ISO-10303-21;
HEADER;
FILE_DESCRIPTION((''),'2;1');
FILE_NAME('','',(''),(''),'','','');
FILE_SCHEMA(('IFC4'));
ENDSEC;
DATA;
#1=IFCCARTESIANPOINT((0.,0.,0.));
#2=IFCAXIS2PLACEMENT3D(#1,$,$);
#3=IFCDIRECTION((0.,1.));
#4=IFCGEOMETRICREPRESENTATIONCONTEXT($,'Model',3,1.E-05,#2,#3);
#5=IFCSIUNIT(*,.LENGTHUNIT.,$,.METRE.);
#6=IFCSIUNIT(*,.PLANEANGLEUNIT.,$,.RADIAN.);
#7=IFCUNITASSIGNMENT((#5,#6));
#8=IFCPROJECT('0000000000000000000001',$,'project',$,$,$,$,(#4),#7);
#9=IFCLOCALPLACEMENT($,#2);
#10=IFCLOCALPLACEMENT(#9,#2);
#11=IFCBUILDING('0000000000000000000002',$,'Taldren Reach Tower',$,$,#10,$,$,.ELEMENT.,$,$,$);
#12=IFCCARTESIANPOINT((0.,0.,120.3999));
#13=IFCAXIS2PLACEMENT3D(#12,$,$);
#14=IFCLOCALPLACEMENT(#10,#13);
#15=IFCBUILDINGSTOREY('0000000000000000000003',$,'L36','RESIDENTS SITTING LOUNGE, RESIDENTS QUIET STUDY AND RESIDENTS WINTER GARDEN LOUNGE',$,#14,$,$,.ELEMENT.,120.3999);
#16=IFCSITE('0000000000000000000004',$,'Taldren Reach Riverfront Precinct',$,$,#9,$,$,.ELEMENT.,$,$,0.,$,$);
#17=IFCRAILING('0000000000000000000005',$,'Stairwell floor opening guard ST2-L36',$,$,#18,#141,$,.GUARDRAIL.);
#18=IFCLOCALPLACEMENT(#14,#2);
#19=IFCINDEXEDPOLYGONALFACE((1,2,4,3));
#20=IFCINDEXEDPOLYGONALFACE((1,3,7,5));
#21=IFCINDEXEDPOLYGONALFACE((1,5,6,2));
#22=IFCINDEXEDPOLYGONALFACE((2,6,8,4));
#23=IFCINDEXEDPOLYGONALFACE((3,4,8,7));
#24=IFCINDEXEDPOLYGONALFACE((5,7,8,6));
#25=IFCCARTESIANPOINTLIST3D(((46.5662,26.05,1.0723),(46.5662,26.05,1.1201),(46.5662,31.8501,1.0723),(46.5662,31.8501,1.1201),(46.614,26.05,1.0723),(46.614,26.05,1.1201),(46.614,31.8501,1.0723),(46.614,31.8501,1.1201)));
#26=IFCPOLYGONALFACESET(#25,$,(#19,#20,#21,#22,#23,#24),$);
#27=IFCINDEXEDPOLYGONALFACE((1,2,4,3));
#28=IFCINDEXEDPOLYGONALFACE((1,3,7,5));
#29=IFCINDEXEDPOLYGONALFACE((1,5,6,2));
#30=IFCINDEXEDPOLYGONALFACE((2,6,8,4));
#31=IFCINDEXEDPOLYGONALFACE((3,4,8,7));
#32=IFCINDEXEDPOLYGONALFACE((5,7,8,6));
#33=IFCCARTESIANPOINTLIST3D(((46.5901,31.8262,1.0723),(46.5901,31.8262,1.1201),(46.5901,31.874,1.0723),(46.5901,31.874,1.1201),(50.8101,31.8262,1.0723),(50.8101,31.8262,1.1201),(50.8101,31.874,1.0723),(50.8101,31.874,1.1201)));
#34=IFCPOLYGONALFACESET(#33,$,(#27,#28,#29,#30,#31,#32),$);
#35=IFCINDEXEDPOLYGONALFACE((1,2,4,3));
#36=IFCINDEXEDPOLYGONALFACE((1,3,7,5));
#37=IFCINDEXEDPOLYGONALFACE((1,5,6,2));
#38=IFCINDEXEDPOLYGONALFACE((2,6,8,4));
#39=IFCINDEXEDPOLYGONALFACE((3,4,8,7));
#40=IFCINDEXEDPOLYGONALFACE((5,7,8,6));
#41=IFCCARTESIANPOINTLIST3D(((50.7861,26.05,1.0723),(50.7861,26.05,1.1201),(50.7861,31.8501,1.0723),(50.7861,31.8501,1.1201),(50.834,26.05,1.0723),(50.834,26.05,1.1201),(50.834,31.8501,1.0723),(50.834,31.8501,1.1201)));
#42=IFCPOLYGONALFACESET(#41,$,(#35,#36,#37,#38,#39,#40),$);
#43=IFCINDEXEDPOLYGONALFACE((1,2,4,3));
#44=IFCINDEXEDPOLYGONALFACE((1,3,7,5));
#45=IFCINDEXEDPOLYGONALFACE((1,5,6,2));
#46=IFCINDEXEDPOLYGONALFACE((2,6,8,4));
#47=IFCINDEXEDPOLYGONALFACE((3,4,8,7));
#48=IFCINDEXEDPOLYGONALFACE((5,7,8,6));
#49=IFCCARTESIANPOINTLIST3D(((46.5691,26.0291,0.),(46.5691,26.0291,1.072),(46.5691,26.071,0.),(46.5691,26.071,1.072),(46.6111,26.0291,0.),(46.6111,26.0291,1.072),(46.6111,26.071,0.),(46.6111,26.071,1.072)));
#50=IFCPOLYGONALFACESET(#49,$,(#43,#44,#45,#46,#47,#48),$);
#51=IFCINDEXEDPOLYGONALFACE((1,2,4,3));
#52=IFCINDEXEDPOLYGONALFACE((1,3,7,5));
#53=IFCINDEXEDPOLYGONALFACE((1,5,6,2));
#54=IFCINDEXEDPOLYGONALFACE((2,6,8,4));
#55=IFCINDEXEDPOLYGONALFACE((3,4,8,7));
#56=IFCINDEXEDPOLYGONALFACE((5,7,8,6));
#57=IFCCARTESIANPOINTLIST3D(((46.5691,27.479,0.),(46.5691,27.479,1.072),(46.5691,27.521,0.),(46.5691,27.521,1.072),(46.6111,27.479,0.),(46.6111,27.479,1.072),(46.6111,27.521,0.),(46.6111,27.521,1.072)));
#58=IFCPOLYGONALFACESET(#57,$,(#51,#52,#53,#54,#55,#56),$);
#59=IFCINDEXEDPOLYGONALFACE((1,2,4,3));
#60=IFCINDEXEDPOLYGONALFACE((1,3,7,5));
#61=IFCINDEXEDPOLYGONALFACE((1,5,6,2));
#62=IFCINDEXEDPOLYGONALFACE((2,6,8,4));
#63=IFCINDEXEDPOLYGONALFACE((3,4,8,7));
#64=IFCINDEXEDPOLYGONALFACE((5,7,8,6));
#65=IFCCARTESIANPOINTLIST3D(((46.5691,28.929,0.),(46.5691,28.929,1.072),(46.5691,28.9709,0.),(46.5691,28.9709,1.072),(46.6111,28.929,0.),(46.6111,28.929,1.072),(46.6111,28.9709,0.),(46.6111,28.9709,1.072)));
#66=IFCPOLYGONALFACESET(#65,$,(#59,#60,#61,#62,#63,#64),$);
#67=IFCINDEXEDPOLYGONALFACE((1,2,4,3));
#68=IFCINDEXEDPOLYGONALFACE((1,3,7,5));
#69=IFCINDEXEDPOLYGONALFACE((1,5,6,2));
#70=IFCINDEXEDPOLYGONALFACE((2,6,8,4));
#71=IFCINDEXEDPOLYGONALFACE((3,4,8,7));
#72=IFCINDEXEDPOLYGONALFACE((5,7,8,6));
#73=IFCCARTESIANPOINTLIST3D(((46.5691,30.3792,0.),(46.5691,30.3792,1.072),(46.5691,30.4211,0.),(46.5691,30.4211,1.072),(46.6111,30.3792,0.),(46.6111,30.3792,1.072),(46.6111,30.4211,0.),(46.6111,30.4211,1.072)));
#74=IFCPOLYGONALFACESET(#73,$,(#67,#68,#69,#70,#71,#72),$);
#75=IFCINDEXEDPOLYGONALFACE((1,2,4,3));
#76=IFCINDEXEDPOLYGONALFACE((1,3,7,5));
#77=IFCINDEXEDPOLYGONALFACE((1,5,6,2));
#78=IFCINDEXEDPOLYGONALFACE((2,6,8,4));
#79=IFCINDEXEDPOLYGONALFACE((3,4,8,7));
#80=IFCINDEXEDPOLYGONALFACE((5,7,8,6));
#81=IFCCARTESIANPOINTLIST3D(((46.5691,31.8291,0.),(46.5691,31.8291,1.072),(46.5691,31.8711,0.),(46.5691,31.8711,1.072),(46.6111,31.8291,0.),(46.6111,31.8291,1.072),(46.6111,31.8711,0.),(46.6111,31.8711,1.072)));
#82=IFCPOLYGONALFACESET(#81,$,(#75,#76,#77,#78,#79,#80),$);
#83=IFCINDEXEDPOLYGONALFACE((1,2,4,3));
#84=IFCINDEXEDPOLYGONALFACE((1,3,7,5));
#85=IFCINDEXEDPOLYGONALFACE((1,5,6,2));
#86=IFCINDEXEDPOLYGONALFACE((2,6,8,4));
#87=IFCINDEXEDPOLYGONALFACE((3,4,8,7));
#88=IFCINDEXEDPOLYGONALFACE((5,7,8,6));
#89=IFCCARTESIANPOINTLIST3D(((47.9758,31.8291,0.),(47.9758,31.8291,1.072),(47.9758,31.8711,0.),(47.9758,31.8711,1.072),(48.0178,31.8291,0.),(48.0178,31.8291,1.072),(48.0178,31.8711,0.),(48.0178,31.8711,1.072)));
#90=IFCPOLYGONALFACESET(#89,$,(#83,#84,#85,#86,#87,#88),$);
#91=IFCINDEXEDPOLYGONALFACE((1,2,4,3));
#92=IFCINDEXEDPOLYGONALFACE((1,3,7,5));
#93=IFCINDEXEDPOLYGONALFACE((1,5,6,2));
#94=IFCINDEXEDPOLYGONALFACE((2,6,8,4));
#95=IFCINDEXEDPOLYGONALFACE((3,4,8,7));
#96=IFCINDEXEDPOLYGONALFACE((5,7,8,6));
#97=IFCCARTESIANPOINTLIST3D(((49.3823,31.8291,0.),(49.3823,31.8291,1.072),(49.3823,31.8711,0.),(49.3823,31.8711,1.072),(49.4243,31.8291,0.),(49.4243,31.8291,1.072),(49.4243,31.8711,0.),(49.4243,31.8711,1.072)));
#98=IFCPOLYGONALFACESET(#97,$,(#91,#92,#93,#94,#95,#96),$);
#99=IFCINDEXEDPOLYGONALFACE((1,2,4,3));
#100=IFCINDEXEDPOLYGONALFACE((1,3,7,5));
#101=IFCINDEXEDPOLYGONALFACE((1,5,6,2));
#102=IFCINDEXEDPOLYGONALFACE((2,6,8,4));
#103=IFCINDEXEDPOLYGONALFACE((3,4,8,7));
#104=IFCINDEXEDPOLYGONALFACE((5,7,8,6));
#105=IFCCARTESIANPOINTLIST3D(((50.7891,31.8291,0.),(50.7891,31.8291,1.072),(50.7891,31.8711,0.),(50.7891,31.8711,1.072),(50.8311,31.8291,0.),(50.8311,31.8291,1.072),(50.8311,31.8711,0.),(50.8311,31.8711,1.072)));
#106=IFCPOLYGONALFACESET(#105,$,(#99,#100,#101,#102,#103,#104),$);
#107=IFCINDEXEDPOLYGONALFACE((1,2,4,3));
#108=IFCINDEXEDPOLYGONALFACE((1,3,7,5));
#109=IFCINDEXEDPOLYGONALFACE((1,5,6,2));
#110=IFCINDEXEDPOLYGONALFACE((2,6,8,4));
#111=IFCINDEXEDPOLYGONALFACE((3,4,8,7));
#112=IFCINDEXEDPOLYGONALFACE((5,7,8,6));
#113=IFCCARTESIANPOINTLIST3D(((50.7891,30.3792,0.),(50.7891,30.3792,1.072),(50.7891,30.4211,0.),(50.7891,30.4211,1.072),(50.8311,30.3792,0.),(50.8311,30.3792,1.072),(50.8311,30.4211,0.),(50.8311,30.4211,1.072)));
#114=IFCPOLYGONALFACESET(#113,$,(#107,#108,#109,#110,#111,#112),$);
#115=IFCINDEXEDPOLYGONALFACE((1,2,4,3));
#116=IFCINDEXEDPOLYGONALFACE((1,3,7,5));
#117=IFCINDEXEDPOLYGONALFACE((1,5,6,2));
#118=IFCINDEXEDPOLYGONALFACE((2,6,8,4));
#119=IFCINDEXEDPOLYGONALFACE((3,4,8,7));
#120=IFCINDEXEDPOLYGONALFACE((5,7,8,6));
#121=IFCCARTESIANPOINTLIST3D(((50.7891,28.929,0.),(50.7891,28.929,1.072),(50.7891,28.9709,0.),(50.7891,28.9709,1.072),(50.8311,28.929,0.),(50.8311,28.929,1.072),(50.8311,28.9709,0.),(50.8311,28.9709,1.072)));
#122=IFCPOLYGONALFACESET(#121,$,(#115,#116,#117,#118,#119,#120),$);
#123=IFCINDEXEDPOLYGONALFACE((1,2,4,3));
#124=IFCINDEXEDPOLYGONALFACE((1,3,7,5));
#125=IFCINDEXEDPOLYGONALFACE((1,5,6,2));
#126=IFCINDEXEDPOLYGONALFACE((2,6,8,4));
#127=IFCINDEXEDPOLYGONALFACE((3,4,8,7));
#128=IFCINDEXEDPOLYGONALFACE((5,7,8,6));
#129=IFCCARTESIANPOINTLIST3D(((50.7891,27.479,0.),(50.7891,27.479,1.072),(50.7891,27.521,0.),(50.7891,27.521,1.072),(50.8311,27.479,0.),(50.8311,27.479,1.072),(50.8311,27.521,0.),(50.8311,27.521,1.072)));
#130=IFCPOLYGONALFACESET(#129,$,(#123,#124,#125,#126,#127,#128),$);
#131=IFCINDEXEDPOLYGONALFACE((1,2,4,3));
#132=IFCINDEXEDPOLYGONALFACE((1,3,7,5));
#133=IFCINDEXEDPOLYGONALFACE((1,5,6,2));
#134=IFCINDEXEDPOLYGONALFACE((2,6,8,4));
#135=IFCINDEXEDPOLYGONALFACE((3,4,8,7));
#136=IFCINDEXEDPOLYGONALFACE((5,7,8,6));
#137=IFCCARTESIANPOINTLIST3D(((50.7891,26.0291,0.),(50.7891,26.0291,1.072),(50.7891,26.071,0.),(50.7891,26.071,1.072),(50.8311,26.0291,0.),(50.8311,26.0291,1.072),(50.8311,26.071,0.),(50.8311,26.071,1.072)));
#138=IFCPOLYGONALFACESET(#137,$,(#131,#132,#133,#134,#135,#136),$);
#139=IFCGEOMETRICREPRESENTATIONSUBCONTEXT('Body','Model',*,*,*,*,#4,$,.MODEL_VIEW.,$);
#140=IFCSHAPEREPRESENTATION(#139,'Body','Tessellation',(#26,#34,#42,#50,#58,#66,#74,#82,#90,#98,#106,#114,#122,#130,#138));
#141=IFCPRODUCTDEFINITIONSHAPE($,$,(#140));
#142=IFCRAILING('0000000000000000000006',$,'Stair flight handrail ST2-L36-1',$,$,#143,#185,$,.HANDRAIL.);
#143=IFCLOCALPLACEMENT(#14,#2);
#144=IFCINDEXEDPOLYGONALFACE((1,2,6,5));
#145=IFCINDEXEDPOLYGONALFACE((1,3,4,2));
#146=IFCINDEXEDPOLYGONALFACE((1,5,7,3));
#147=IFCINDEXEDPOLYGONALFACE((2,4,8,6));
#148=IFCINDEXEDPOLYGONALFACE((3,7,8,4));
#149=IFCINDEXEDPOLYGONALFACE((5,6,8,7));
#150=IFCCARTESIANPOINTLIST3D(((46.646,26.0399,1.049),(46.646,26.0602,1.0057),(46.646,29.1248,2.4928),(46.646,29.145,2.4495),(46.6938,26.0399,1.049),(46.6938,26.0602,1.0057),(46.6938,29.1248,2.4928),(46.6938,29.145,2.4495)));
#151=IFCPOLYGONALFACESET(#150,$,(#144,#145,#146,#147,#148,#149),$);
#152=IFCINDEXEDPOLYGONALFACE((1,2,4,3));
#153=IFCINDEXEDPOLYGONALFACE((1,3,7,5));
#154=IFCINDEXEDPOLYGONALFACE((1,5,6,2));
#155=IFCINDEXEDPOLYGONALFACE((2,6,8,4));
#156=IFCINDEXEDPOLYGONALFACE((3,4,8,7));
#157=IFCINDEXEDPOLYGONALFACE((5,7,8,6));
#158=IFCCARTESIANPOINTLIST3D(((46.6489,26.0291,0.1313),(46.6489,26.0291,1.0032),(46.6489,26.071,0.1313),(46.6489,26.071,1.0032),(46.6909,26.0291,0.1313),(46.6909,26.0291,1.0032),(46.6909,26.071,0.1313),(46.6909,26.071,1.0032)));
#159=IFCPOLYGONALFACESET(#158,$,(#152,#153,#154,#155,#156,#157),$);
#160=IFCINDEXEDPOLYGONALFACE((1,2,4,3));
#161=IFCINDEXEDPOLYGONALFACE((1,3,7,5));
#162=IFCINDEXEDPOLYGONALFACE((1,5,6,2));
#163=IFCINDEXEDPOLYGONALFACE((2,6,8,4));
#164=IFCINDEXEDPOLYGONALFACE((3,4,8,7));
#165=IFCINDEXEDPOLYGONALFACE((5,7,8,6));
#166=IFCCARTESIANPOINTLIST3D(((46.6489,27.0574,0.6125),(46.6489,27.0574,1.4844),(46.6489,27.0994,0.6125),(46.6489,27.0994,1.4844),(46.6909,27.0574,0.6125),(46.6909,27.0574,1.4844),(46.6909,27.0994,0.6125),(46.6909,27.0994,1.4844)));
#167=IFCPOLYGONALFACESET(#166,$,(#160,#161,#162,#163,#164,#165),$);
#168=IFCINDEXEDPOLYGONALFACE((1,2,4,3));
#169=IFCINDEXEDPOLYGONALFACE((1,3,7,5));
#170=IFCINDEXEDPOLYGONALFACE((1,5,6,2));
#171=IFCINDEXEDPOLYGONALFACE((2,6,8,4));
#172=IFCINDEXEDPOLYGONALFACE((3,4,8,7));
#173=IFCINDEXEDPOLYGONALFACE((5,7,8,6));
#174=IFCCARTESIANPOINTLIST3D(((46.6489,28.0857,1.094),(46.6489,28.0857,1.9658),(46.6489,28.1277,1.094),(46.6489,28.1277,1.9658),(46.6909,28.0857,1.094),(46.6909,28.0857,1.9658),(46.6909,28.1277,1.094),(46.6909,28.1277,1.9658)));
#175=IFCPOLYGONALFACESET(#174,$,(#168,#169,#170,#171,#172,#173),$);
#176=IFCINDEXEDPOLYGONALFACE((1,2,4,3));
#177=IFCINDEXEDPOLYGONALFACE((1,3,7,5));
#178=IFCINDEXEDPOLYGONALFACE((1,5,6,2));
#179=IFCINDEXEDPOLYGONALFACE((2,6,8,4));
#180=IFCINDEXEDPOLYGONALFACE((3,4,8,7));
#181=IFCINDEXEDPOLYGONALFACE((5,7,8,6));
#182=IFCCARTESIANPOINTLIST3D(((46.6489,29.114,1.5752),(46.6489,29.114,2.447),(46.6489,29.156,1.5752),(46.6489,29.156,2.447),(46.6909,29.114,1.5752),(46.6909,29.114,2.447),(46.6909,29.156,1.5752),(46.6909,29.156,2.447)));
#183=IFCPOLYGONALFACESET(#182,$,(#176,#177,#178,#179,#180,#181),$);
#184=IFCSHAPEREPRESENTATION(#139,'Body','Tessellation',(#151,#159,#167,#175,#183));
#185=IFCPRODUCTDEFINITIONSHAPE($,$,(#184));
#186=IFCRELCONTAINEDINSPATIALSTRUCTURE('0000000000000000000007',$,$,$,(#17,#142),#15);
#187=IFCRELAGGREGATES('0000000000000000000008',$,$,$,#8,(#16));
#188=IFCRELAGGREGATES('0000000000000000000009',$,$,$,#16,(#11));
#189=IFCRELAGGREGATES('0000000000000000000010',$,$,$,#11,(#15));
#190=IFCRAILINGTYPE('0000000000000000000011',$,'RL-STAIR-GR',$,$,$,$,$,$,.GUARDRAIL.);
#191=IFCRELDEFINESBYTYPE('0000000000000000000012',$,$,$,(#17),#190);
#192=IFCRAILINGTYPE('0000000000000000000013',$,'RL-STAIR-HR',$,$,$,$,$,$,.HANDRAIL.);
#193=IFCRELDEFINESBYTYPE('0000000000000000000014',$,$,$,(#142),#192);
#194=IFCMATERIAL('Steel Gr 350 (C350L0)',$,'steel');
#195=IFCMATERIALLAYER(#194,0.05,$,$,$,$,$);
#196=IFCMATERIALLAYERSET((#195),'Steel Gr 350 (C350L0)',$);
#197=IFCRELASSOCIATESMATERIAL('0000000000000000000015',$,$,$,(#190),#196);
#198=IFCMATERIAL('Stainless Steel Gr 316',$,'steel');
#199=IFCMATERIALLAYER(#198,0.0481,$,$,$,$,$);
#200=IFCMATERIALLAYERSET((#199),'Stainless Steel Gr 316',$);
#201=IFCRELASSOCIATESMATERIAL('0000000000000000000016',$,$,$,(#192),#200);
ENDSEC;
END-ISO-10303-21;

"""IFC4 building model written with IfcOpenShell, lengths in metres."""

from ifc_helpers import new_model, si_unit, direction, frame, origin, origin_2d, place, context, subcontext, project, spatial, rectangle, extrude, material, layer, layer_set, type_object, element, save


model = new_model("IFC4")

# Units and contexts
model_context = context("Model", 3, precision=1e-05, world=origin(), true_north=direction((0.0, 1.0)))
body_context = subcontext(model_context, "Body", "Model", "MODEL_VIEW")
ifc_project = project(units=[si_unit("LENGTHUNIT", "METRE"), si_unit("PLANEANGLEUNIT", "RADIAN")], contexts=[model_context])

# Site, building, storey
site_placement = place(None, origin())
site = spatial("IfcSite", under=ifc_project, at=site_placement, Name="Taldren Reach Riverfront Precinct", CompositionType="ELEMENT", RefElevation=0.0)
building_placement = place(site_placement, origin())
building = spatial("IfcBuilding", under=site, at=building_placement, Name="Taldren Reach Tower", CompositionType="ELEMENT")
storey_placement = place(building_placement, frame((0.0, 0.0, 120.3999)))
storey = spatial("IfcBuildingStorey", under=building, at=storey_placement, Name="L36", Description="RESIDENTS SITTING LOUNGE, RESIDENTS QUIET STUDY AND RESIDENTS WINTER GARDEN LOUNGE", CompositionType="ELEMENT", Elevation=120.3999)

# Shared definitions
ifc_material_1 = material(Name="Steel Gr 350 (C350L0)", Category="steel")

# Railings
ifc_layer_1 = layer(ifc_material_1, 0.05)
ifc_layer_set_1 = layer_set([ifc_layer_1], Name="Steel Gr 350 (C350L0)")
railing_type_1 = type_object("IfcRailingType", Name="RL-STAIR-GR", PredefinedType="GUARDRAIL", material=ifc_layer_set_1)
railing_1_placement = place(storey_placement, frame((46.5901, 26.05, 0.0)))
element("IfcRailing", 1, at=railing_1_placement, inside=storey, type_object=railing_type_1, Name="Stairwell floor opening guard ST2-L36", PredefinedType="GUARDRAIL", context=body_context, shape_type="SweptSolid", body=[
    extrude(rectangle(XDim=0.0479, YDim=0.0479, at=origin_2d()), frame((0.0, 0.0, 1.0962), z_axis=(0.0, 1.0, 0.0), x_axis=(-1.0, 0.0, 0.0)), (0.0, 0.0, 1.0), 5.8),
    extrude(rectangle(XDim=0.0479, YDim=0.0479, at=origin_2d()), frame((0.0, 5.8, 1.0962), z_axis=(1.0, 0.0, 0.0), x_axis=(0.0, 1.0, 0.0)), (0.0, 0.0, 1.0), 4.22),
    extrude(rectangle(XDim=0.0479, YDim=0.0479, at=origin_2d()), frame((4.22, 5.8, 1.0962), z_axis=(0.0, -1.0, 0.0), x_axis=(1.0, 0.0, 0.0)), (0.0, 0.0, 1.0), 5.8),
    extrude(rectangle(XDim=0.042, YDim=0.042, at=origin_2d()), origin(), (0.0, 0.0, 1.0), 1.072),
    extrude(rectangle(XDim=0.042, YDim=0.042, at=origin_2d()), frame((0.0, 1.45, 0.0)), (0.0, 0.0, 1.0), 1.072),
    extrude(rectangle(XDim=0.042, YDim=0.042, at=origin_2d()), frame((0.0, 2.8999, 0.0)), (0.0, 0.0, 1.0), 1.072),
    extrude(rectangle(XDim=0.042, YDim=0.042, at=origin_2d()), frame((0.0, 4.3501, 0.0)), (0.0, 0.0, 1.0), 1.072),
    extrude(rectangle(XDim=0.042, YDim=0.042, at=origin_2d()), frame((0.0, 5.8, 0.0)), (0.0, 0.0, 1.0), 1.072),
    extrude(rectangle(XDim=0.042, YDim=0.042, at=origin_2d()), frame((1.4067, 5.8, 0.0)), (0.0, 0.0, 1.0), 1.072),
    extrude(rectangle(XDim=0.042, YDim=0.042, at=origin_2d()), frame((2.8132, 5.8, 0.0)), (0.0, 0.0, 1.0), 1.072),
    extrude(rectangle(XDim=0.042, YDim=0.042, at=origin_2d()), frame((4.22, 5.8, 0.0)), (0.0, 0.0, 1.0), 1.072),
    extrude(rectangle(XDim=0.042, YDim=0.042, at=origin_2d()), frame((4.22, 4.3501, 0.0)), (0.0, 0.0, 1.0), 1.072),
    extrude(rectangle(XDim=0.042, YDim=0.042, at=origin_2d()), frame((4.22, 2.8999, 0.0)), (0.0, 0.0, 1.0), 1.072),
    extrude(rectangle(XDim=0.042, YDim=0.042, at=origin_2d()), frame((4.22, 1.45, 0.0)), (0.0, 0.0, 1.0), 1.072),
    extrude(rectangle(XDim=0.042, YDim=0.042, at=origin_2d()), frame((4.22, 0.0, 0.0)), (0.0, 0.0, 1.0), 1.072),
])
ifc_material_2 = material(Name="Stainless Steel Gr 316", Category="steel")
ifc_layer_2 = layer(ifc_material_2, 0.0481)
ifc_layer_set_2 = layer_set([ifc_layer_2], Name="Stainless Steel Gr 316")
railing_type_2 = type_object("IfcRailingType", Name="RL-STAIR-HR", PredefinedType="HANDRAIL", material=ifc_layer_set_2)
railing_2_placement = place(storey_placement, frame((46.6699, 26.05, 0.1313)))
element("IfcRailing", 2, at=railing_2_placement, inside=storey, type_object=railing_type_2, Name="Stair flight handrail ST2-L36-1", PredefinedType="HANDRAIL", context=body_context, shape_type="SweptSolid", body=[
    extrude(rectangle(XDim=0.0479, YDim=0.0479, at=origin_2d()), frame((0.0, 0.0, 0.896), z_axis=(0.0, 0.90571, 0.423898), x_axis=(-1.0, 0.0, 0.0)), (0.0, 0.0, 1.0), 3.406),
    extrude(rectangle(XDim=0.042, YDim=0.042, at=origin_2d()), origin(), (0.0, 0.0, 1.0), 0.8718),
    extrude(rectangle(XDim=0.042, YDim=0.042, at=origin_2d()), frame((0.0, 1.0283, 0.4812)), (0.0, 0.0, 1.0), 0.8718),
    extrude(rectangle(XDim=0.042, YDim=0.042, at=origin_2d()), frame((0.0, 2.0566, 0.9626)), (0.0, 0.0, 1.0), 0.8718),
    extrude(rectangle(XDim=0.042, YDim=0.042, at=origin_2d()), frame((0.0, 3.085, 1.4438)), (0.0, 0.0, 1.0), 0.8718),
])

save(model, "model.ifc")
